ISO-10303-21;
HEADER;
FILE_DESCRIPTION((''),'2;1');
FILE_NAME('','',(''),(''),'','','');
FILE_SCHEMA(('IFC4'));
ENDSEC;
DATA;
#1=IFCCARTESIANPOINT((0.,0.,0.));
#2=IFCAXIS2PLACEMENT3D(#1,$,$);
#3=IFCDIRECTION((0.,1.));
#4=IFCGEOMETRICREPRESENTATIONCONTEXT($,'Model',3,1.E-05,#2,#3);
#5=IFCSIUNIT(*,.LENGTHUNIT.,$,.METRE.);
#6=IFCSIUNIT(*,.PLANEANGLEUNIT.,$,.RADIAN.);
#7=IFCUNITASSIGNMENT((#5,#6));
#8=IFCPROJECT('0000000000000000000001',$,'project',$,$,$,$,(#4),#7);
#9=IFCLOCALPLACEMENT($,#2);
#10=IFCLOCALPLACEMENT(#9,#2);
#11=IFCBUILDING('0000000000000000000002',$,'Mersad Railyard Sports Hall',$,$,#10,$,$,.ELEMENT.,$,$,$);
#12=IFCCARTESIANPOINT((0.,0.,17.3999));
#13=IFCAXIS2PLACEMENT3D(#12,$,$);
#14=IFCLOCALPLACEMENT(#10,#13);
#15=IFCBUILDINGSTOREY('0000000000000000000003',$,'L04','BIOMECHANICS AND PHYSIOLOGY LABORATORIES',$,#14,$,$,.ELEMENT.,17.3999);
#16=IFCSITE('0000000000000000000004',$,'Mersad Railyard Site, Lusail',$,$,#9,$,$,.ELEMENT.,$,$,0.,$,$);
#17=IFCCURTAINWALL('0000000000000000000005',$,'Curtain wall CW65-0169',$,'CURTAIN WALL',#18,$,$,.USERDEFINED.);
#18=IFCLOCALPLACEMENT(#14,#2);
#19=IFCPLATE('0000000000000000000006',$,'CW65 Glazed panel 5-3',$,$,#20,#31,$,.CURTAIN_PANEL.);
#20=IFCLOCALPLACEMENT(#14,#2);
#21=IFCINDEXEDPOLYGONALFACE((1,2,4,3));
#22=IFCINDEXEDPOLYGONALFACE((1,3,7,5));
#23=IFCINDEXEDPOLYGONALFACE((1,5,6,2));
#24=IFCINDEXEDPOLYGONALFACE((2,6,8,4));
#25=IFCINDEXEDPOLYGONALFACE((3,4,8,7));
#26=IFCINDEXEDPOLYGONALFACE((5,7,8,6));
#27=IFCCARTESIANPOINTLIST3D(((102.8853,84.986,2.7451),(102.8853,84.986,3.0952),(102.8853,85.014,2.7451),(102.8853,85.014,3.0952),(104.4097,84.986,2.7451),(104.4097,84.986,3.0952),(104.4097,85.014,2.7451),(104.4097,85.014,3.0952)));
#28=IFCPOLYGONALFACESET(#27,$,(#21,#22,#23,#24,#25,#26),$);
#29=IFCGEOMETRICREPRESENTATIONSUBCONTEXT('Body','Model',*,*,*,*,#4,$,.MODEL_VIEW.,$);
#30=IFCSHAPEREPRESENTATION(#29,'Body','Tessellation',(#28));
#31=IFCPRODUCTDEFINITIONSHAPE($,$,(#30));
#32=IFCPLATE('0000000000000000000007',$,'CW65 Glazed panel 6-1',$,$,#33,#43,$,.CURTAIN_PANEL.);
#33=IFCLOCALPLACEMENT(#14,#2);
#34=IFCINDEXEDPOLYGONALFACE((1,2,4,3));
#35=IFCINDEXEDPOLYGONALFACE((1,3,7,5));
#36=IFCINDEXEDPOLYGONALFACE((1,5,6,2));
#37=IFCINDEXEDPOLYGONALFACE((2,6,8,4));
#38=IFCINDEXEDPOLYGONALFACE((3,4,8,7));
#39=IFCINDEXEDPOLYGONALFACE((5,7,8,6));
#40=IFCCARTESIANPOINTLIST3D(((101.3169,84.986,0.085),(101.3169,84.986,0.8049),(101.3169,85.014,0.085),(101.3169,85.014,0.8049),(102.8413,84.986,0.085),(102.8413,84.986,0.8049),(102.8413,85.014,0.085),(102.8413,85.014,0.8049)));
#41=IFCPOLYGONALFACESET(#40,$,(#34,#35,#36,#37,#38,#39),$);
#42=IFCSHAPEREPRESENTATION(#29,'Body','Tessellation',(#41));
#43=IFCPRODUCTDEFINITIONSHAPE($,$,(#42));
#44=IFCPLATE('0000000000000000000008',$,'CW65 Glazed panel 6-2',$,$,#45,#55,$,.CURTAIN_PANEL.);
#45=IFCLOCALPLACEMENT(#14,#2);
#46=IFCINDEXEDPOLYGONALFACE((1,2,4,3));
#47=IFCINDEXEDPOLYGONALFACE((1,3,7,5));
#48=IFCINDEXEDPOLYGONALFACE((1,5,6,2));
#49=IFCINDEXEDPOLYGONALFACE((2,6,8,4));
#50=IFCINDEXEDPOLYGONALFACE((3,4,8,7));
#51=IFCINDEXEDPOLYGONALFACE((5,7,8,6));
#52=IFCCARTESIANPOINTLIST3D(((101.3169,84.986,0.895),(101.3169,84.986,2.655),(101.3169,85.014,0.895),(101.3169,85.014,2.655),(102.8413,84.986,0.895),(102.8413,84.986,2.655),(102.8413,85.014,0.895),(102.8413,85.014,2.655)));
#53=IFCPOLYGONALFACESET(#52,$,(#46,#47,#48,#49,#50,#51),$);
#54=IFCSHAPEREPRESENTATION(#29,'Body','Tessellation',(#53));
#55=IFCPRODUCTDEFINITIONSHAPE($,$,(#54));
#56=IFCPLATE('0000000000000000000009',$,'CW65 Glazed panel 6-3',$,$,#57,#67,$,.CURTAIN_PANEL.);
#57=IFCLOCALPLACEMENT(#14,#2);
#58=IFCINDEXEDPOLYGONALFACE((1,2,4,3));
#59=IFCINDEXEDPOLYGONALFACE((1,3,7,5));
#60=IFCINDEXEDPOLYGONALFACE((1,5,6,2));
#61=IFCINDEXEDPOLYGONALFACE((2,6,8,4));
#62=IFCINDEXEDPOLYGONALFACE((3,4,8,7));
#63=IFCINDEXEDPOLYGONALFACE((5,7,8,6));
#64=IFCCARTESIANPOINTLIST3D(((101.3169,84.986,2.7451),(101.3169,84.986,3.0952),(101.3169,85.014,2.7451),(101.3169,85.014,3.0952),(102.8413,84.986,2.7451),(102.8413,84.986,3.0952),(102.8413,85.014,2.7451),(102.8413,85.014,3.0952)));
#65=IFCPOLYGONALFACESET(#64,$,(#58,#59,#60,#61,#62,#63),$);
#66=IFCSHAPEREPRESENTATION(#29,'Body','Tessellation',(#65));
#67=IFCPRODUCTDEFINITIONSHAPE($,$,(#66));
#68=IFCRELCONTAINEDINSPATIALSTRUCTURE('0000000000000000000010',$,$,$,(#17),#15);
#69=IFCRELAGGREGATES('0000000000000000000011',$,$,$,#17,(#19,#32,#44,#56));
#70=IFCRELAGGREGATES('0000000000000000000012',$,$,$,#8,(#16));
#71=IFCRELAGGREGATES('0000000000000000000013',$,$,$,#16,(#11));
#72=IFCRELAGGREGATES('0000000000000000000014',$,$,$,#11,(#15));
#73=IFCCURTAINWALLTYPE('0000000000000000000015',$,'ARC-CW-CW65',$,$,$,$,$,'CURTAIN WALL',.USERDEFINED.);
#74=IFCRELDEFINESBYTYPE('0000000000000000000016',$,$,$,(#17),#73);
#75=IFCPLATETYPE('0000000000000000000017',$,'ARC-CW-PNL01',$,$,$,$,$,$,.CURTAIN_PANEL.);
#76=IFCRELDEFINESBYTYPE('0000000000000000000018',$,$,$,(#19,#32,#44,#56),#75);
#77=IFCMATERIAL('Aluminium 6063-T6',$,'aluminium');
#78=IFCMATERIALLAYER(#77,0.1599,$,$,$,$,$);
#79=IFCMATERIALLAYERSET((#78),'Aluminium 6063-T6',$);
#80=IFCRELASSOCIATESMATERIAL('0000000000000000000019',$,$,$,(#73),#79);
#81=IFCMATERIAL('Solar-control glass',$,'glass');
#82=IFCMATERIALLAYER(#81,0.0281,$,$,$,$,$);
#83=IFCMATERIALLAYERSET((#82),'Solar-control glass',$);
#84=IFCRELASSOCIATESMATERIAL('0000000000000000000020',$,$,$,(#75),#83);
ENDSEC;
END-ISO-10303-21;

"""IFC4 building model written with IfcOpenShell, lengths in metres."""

from ifc_helpers import new_model, si_unit, direction, frame, origin, origin_2d, place, context, subcontext, project, spatial, rectangle, extrude, material, layer, layer_set, type_object, element, aggregate, save


model = new_model("IFC4")

# Units and contexts
model_context = context("Model", 3, precision=1e-05, world=origin(), true_north=direction((0.0, 1.0)))
body_context = subcontext(model_context, "Body", "Model", "MODEL_VIEW")
ifc_project = project(units=[si_unit("LENGTHUNIT", "METRE"), si_unit("PLANEANGLEUNIT", "RADIAN")], contexts=[model_context])

# Site, building, storey
site_placement = place(None, origin())
site = spatial("IfcSite", under=ifc_project, at=site_placement, Name="Mersad Railyard Site, Lusail", CompositionType="ELEMENT", RefElevation=0.0)
building_placement = place(site_placement, origin())
building = spatial("IfcBuilding", under=site, at=building_placement, Name="Mersad Railyard Sports Hall", CompositionType="ELEMENT")
storey_placement = place(building_placement, frame((0.0, 0.0, 17.3999)))
storey = spatial("IfcBuildingStorey", under=building, at=storey_placement, Name="L04", Description="BIOMECHANICS AND PHYSIOLOGY LABORATORIES", CompositionType="ELEMENT", Elevation=17.3999)

# Shared definitions
ifc_material_1 = material(Name="Aluminium 6063-T6", Category="aluminium")
ifc_layer_1 = layer(ifc_material_1, 0.1599)
ifc_layer_set_1 = layer_set([ifc_layer_1], Name="Aluminium 6063-T6")
curtain_wall_type = type_object("IfcCurtainWallType", Name="ARC-CW-CW65", ElementType="CURTAIN WALL", PredefinedType="USERDEFINED", material=ifc_layer_set_1)

# Curtain wall
curtain_wall_1_placement = place(storey_placement, origin())
curtain_wall_1 = element("IfcCurtainWall", 1, at=curtain_wall_1_placement, inside=storey, type_object=curtain_wall_type, Name="Curtain wall CW65-0169", ObjectType="CURTAIN WALL", PredefinedType="USERDEFINED")

# Plates
ifc_material_2 = material(Name="Solar-control glass", Category="glass")
ifc_layer_2 = layer(ifc_material_2, 0.0281)
ifc_layer_set_2 = layer_set([ifc_layer_2], Name="Solar-control glass")
plate_type = type_object("IfcPlateType", Name="ARC-CW-PNL01", PredefinedType="CURTAIN_PANEL", material=ifc_layer_set_2)
plate_1_placement = place(storey_placement, frame((103.6475, 85.0, 2.7451), z_axis=(0.0, 0.0, 1.0), x_axis=(-1.0, 0.0, 0.0)))
plate_1 = element("IfcPlate", 2, at=plate_1_placement, type_object=plate_type, Name="CW65 Glazed panel 5-3", PredefinedType="CURTAIN_PANEL", context=body_context, shape_type="SweptSolid", body=[
    extrude(rectangle(XDim=1.5244, YDim=0.0281, at=origin_2d()), origin(), (0.0, 0.0, 1.0), 0.3501),
])
plate_2_placement = place(storey_placement, frame((102.0791, 85.0, 0.085), z_axis=(0.0, 0.0, 1.0), x_axis=(-1.0, 0.0, 0.0)))
plate_2 = element("IfcPlate", 3, at=plate_2_placement, type_object=plate_type, Name="CW65 Glazed panel 6-1", PredefinedType="CURTAIN_PANEL", context=body_context, shape_type="SweptSolid", body=[
    extrude(rectangle(XDim=1.5244, YDim=0.0281, at=origin_2d()), origin(), (0.0, 0.0, 1.0), 0.72),
])
plate_3_placement = place(storey_placement, frame((102.0791, 85.0, 0.895), z_axis=(0.0, 0.0, 1.0), x_axis=(-1.0, 0.0, 0.0)))
plate_3 = element("IfcPlate", 4, at=plate_3_placement, type_object=plate_type, Name="CW65 Glazed panel 6-2", PredefinedType="CURTAIN_PANEL", context=body_context, shape_type="SweptSolid", body=[
    extrude(rectangle(XDim=1.5244, YDim=0.0281, at=origin_2d()), origin(), (0.0, 0.0, 1.0), 1.76),
])
plate_4_placement = place(storey_placement, frame((102.0791, 85.0, 2.7451), z_axis=(0.0, 0.0, 1.0), x_axis=(-1.0, 0.0, 0.0)))
plate_4 = element("IfcPlate", 5, at=plate_4_placement, type_object=plate_type, Name="CW65 Glazed panel 6-3", PredefinedType="CURTAIN_PANEL", context=body_context, shape_type="SweptSolid", body=[
    extrude(rectangle(XDim=1.5244, YDim=0.0281, at=origin_2d()), origin(), (0.0, 0.0, 1.0), 0.3501),
])
aggregate(curtain_wall_1, [plate_1, plate_2, plate_3, plate_4])

save(model, "model.ifc")
